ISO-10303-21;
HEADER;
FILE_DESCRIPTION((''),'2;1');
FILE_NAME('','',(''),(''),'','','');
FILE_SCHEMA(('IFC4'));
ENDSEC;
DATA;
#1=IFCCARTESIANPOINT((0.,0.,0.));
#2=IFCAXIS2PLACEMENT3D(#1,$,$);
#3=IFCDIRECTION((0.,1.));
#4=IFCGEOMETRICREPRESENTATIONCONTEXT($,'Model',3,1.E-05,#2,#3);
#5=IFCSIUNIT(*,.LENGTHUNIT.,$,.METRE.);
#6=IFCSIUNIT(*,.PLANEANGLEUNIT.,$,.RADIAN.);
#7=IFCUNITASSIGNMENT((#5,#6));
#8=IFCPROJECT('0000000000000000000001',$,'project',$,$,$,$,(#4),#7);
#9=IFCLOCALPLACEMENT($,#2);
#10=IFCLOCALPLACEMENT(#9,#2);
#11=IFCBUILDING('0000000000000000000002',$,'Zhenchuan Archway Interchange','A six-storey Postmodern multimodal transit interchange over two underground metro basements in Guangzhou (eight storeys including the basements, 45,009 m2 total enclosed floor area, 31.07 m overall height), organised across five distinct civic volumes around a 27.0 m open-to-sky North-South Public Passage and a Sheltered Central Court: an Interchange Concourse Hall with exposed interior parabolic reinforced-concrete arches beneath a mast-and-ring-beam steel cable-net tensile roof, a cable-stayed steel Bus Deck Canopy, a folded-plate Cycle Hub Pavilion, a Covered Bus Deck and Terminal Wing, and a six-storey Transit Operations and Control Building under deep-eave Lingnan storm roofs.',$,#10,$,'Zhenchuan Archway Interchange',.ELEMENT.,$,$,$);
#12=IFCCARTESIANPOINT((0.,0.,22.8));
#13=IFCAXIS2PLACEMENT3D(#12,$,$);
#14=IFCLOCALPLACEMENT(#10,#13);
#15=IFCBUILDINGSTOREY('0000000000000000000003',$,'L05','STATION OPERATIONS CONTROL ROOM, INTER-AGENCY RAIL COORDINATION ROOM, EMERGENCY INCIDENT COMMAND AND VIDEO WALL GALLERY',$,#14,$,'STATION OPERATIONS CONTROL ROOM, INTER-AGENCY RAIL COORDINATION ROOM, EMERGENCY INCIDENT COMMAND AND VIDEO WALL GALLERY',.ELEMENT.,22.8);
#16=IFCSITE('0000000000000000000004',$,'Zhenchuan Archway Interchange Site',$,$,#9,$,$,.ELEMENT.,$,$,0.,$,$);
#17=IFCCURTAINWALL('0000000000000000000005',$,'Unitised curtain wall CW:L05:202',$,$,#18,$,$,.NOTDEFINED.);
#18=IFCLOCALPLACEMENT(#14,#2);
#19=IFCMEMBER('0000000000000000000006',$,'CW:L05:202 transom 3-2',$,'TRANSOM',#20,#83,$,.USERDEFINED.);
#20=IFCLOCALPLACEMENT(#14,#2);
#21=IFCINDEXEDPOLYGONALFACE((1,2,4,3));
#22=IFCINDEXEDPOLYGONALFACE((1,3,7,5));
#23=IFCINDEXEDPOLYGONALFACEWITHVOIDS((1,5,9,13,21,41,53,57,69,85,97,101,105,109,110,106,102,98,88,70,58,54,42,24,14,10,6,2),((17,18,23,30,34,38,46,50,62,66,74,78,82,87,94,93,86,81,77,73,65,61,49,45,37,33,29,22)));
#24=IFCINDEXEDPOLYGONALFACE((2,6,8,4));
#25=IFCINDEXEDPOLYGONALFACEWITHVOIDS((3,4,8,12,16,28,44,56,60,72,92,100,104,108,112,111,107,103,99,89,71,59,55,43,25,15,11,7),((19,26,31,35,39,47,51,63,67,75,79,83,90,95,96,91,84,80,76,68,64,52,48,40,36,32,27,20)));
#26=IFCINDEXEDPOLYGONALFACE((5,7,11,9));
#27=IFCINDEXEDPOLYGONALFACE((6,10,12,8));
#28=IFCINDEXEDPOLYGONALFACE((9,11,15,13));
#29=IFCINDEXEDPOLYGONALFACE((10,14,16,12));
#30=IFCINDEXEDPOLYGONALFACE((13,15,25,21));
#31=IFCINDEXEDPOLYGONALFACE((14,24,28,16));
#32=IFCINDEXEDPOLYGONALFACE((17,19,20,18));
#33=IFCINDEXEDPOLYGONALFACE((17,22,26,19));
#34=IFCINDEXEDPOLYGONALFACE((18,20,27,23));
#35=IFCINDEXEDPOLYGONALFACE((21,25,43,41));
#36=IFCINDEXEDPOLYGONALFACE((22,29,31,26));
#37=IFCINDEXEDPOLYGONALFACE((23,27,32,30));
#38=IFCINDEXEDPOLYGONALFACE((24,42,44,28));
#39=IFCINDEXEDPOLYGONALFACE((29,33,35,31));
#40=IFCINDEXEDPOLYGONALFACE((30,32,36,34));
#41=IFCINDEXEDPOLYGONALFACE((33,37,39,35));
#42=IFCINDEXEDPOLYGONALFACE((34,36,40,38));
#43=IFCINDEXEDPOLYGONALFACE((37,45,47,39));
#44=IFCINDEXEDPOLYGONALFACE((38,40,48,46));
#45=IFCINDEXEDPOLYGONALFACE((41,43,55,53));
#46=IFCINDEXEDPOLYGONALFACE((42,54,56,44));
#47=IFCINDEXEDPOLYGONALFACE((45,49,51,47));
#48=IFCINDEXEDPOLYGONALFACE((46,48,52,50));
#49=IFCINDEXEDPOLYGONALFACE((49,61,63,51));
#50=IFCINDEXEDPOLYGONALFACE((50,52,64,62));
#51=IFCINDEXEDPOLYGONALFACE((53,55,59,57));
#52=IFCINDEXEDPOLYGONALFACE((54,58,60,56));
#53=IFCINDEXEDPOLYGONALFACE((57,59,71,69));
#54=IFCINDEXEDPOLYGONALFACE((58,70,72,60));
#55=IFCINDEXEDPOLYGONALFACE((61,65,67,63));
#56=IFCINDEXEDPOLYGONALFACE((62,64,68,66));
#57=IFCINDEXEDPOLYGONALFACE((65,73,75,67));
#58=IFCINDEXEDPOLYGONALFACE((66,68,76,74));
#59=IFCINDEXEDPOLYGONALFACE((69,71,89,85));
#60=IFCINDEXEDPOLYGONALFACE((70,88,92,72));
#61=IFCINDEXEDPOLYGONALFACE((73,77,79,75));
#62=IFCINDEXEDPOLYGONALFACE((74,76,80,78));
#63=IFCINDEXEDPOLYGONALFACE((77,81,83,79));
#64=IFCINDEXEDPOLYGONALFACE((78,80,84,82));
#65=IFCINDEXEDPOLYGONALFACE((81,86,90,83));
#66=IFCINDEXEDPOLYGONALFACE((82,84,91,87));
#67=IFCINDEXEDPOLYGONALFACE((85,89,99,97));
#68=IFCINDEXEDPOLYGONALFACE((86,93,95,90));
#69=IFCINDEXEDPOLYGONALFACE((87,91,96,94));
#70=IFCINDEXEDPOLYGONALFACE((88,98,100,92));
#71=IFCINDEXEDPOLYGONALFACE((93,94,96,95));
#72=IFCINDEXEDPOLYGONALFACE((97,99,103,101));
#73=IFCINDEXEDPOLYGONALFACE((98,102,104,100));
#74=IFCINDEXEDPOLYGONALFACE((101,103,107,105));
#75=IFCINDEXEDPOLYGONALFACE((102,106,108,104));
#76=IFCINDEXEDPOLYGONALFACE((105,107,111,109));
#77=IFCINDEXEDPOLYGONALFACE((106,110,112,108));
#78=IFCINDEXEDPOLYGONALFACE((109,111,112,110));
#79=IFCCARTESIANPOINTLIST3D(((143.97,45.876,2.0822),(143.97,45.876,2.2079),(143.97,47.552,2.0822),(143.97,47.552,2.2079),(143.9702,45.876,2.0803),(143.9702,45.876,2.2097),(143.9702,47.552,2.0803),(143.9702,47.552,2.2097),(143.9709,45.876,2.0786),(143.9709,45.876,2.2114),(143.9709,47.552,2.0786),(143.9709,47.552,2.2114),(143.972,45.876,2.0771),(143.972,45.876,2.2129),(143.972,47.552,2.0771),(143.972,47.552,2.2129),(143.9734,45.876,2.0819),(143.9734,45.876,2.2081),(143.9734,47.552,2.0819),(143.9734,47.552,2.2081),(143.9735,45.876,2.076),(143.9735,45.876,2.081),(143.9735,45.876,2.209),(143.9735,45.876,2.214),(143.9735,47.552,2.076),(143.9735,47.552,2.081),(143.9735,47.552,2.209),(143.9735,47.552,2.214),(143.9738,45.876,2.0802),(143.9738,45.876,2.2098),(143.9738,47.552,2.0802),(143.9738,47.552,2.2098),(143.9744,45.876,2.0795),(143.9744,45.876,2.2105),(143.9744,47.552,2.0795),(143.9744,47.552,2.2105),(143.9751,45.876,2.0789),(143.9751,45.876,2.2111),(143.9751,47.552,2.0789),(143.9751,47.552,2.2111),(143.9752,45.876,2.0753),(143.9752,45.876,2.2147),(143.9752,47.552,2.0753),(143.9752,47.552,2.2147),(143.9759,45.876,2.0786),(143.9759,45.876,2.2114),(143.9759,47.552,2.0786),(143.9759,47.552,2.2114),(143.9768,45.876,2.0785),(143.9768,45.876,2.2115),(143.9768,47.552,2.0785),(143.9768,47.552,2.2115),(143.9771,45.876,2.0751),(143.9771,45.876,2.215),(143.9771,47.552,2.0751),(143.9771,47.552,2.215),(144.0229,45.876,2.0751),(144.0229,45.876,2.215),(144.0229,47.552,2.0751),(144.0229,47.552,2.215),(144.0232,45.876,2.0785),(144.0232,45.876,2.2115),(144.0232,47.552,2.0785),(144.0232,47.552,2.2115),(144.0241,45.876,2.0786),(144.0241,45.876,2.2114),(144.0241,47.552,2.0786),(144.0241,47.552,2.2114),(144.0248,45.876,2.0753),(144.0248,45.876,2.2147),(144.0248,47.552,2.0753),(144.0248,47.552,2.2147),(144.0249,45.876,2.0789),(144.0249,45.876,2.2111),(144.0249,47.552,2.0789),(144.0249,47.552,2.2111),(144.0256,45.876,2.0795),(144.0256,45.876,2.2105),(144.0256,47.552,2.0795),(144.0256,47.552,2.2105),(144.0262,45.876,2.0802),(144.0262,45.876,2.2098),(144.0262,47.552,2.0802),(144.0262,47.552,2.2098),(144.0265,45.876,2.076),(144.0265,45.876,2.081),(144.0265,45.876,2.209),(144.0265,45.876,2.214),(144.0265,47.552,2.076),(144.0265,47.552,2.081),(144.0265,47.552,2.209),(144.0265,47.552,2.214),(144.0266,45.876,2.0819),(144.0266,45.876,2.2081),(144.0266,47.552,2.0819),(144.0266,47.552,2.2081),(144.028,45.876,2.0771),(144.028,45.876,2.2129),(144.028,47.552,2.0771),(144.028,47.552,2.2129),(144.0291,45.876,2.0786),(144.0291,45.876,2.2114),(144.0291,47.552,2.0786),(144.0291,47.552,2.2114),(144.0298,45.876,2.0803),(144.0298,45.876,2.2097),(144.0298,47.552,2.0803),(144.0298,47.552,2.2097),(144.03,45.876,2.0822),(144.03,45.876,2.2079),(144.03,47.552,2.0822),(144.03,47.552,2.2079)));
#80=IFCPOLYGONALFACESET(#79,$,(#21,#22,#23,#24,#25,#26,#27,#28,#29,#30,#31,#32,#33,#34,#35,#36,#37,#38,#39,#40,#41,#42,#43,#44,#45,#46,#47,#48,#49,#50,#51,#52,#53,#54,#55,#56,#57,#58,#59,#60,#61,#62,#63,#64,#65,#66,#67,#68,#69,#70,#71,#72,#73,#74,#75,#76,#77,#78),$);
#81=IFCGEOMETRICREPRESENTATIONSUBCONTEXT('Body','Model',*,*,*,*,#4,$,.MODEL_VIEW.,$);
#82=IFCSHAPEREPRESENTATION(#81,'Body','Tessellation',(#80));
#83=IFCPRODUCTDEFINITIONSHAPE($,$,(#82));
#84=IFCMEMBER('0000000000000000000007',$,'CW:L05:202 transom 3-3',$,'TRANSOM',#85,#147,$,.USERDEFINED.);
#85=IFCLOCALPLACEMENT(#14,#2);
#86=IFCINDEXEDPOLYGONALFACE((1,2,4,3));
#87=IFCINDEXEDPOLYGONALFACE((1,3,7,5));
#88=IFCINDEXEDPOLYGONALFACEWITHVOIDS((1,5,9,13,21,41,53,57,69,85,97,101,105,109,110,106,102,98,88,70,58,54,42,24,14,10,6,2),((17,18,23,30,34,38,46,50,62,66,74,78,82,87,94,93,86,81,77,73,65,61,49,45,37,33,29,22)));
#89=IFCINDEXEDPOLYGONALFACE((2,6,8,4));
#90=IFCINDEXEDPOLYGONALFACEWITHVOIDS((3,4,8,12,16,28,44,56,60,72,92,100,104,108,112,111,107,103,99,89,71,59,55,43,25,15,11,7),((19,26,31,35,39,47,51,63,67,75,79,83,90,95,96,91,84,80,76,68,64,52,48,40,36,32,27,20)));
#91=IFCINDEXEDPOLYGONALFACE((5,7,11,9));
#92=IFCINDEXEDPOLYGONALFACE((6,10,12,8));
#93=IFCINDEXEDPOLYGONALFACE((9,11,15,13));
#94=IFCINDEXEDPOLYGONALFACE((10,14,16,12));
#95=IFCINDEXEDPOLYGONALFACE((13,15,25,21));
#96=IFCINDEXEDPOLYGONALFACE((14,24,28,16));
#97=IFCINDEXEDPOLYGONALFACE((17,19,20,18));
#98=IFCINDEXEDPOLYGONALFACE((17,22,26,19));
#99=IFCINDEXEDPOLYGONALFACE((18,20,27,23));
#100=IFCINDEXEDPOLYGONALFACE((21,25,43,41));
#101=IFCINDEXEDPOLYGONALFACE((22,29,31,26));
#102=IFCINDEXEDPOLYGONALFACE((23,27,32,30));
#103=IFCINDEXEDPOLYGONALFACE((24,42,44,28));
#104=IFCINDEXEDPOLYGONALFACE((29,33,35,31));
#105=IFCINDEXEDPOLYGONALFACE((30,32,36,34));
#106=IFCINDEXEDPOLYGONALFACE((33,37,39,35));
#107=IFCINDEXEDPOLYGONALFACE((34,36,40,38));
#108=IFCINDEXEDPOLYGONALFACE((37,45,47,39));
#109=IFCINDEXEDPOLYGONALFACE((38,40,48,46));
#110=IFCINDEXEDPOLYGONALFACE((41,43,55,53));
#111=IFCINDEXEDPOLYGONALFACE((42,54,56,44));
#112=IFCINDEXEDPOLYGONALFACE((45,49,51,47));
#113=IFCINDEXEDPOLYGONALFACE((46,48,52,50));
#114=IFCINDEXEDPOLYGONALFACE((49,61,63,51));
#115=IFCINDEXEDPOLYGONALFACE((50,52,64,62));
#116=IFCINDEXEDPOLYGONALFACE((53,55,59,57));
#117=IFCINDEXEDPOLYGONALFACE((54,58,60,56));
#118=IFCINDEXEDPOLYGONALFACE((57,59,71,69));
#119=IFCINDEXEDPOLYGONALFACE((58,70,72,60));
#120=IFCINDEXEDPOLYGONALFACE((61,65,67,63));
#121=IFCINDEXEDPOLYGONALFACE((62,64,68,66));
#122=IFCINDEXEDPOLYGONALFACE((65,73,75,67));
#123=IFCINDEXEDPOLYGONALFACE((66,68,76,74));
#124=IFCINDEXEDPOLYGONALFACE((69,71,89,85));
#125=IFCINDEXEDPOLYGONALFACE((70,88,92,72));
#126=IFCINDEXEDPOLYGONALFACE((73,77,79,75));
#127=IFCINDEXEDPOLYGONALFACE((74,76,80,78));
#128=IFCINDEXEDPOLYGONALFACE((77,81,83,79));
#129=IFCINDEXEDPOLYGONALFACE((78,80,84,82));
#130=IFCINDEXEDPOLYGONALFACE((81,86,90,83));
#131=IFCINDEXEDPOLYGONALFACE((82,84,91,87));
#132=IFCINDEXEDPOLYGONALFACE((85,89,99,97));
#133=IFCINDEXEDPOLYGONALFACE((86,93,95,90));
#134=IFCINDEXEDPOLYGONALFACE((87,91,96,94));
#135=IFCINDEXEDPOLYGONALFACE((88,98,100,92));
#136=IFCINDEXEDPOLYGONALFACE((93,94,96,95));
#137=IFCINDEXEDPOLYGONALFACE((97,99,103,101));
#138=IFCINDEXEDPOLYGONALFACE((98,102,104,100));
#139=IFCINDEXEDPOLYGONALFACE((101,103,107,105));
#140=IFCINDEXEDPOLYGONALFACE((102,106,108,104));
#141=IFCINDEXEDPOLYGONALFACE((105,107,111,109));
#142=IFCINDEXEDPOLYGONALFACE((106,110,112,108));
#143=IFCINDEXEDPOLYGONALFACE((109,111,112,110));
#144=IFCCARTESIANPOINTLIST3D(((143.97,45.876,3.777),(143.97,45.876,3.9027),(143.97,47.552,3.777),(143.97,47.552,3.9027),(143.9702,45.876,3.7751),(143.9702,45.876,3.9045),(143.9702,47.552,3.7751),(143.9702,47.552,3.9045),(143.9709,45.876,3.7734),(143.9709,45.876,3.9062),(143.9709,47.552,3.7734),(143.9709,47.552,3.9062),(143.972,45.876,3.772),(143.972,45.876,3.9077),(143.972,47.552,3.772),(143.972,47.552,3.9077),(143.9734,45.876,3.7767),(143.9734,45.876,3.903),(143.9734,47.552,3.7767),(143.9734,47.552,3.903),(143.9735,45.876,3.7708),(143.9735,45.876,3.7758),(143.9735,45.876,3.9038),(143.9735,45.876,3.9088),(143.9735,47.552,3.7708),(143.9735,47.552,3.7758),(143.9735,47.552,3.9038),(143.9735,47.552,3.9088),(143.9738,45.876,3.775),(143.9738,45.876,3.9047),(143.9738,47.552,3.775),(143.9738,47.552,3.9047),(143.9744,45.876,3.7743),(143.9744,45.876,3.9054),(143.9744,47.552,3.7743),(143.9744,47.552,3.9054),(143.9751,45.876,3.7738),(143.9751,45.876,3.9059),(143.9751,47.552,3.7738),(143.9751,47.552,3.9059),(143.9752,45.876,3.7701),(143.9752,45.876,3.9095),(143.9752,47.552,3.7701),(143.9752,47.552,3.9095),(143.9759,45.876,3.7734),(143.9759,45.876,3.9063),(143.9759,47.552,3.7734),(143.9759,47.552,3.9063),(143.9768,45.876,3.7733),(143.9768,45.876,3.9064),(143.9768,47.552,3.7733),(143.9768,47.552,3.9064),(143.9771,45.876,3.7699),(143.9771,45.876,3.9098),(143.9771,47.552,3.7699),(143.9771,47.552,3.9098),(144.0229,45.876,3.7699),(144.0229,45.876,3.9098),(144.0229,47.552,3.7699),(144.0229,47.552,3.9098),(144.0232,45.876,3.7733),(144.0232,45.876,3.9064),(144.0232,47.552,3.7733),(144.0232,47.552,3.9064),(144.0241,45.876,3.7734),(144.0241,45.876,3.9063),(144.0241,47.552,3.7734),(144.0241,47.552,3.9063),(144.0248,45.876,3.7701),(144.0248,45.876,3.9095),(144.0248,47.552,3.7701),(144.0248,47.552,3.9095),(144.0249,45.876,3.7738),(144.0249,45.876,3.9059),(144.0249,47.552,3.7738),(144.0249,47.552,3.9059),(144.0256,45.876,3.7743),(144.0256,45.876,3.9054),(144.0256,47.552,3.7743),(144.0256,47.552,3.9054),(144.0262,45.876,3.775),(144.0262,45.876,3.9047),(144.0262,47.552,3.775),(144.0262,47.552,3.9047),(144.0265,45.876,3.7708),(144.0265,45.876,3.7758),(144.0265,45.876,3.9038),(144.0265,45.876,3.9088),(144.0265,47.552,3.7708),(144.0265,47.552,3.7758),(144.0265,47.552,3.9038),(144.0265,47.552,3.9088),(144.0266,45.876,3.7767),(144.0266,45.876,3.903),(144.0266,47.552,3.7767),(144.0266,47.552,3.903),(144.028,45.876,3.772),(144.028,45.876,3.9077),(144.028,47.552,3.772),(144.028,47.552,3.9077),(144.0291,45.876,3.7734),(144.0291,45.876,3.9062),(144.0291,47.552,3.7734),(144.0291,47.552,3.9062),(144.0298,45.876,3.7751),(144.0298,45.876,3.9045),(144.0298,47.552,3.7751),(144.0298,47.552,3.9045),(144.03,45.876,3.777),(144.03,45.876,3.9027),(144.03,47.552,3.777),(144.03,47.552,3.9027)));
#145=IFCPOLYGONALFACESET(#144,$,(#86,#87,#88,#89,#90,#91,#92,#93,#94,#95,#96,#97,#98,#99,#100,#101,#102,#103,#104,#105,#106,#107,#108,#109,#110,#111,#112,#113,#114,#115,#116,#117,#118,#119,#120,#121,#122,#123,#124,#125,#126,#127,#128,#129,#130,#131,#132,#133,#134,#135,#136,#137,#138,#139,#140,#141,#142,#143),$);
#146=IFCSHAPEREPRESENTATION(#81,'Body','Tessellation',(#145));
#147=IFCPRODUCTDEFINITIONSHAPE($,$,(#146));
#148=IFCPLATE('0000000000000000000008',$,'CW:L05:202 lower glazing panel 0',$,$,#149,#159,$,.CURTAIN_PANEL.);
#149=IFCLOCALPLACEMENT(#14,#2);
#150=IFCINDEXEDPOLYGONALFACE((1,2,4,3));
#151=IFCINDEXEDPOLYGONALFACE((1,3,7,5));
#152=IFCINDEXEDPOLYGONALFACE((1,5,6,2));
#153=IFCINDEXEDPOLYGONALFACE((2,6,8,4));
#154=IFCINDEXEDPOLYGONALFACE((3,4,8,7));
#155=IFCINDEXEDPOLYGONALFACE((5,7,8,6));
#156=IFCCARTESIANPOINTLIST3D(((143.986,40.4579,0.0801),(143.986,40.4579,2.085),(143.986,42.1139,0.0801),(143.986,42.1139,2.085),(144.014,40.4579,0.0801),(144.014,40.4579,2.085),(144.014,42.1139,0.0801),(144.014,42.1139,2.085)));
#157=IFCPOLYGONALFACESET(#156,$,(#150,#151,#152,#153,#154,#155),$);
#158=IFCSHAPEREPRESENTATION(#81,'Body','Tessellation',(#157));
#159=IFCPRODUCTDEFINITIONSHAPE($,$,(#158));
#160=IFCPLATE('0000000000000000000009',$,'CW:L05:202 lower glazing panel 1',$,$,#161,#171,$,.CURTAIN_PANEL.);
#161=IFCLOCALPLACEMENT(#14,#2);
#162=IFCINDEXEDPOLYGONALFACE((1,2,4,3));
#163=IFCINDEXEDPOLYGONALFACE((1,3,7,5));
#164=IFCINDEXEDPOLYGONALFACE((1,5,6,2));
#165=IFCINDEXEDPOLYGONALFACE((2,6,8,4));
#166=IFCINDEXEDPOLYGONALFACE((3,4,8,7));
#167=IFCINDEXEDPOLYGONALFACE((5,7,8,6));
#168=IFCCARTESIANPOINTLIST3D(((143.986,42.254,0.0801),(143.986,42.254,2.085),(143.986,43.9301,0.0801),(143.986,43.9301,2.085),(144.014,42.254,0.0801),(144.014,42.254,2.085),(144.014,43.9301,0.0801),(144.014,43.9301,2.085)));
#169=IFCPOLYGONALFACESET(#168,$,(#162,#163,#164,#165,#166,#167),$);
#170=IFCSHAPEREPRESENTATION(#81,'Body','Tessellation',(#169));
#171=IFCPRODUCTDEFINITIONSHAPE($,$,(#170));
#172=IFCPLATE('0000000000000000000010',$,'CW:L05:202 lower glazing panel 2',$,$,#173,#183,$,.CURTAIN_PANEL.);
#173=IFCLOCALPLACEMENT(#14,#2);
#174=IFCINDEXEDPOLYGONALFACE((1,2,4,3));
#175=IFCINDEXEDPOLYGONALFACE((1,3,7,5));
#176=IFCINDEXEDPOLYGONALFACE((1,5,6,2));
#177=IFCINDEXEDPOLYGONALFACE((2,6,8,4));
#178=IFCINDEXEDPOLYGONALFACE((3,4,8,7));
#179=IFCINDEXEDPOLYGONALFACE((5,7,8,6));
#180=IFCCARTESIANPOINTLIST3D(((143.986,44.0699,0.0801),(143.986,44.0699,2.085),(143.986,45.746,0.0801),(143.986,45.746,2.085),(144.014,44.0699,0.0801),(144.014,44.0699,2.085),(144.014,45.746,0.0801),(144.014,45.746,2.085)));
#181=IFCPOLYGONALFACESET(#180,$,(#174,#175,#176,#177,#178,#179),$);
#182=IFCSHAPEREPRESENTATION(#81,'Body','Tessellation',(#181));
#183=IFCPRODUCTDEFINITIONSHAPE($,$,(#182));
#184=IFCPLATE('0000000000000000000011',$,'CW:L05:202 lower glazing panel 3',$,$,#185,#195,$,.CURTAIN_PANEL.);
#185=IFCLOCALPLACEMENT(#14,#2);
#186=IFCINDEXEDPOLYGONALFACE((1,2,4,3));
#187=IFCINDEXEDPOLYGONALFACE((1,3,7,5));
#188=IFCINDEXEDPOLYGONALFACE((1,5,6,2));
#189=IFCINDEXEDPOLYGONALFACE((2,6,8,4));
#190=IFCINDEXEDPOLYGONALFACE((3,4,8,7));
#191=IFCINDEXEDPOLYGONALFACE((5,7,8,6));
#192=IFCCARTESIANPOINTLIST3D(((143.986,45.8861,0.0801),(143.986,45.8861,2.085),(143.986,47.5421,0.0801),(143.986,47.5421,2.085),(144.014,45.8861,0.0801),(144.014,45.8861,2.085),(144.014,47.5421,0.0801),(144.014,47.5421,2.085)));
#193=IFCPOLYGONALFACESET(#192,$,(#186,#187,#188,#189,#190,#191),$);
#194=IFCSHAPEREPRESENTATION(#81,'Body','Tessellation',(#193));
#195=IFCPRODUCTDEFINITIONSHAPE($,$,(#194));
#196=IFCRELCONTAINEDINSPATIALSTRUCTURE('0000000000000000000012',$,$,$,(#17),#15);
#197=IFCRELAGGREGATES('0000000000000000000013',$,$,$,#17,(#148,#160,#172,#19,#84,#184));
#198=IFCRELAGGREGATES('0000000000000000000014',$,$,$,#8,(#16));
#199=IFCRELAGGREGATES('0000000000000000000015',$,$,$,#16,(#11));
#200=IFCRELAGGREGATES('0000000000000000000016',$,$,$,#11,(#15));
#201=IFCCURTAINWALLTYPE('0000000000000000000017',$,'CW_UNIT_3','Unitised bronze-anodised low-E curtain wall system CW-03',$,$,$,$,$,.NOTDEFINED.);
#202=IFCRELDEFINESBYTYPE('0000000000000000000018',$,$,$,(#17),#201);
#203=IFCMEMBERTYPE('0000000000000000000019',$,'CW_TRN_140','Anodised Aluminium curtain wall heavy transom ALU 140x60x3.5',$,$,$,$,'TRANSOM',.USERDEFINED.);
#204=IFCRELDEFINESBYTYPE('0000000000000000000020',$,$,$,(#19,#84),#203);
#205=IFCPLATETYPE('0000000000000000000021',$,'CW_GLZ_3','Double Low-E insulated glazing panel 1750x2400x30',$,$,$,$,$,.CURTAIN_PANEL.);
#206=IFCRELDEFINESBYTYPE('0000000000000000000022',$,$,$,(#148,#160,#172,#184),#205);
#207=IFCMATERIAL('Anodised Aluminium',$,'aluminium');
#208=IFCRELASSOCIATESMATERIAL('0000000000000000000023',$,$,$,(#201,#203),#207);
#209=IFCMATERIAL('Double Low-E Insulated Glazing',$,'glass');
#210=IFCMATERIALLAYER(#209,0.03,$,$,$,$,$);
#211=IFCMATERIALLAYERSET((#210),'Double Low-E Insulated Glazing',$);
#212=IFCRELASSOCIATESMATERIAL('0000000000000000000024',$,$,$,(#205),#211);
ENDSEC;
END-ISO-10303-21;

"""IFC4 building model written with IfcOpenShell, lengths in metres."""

from ifc_helpers import new_model, si_unit, direction, frame, origin, origin_2d, place, context, subcontext, project, spatial, rectangle, hollow_rectangle, extrude, material, layer, layer_set, material_profile, profile_set, type_object, element, aggregate, save


model = new_model("IFC4")

# Units and contexts
model_context = context("Model", 3, precision=1e-05, world=origin(), true_north=direction((0.0, 1.0)))
body_context = subcontext(model_context, "Body", "Model", "MODEL_VIEW")
ifc_project = project(units=[si_unit("LENGTHUNIT", "METRE"), si_unit("PLANEANGLEUNIT", "RADIAN")], contexts=[model_context])

# Site, building, storey
site_placement = place(None, origin())
site = spatial("IfcSite", under=ifc_project, at=site_placement, Name="Zhenchuan Archway Interchange Site", CompositionType="ELEMENT", RefElevation=0.0)
building_placement = place(site_placement, origin())
building = spatial("IfcBuilding", under=site, at=building_placement, Name="Zhenchuan Archway Interchange", Description="A six-storey Postmodern multimodal transit interchange over two underground metro basements in Guangzhou (eight storeys including the basements, 45,009 m2 total enclosed floor area, 31.07 m overall height), organised across five distinct civic volumes around a 27.0 m open-to-sky North-South Public Passage and a Sheltered Central Court: an Interchange Concourse Hall with exposed interior parabolic reinforced-concrete arches beneath a mast-and-ring-beam steel cable-net tensile roof, a cable-stayed steel Bus Deck Canopy, a folded-plate Cycle Hub Pavilion, a Covered Bus Deck and Terminal Wing, and a six-storey Transit Operations and Control Building under deep-eave Lingnan storm roofs.", LongName="Zhenchuan Archway Interchange", CompositionType="ELEMENT")
storey_placement = place(building_placement, frame((0.0, 0.0, 22.8)))
storey = spatial("IfcBuildingStorey", under=building, at=storey_placement, Name="L05", Description="STATION OPERATIONS CONTROL ROOM, INTER-AGENCY RAIL COORDINATION ROOM, EMERGENCY INCIDENT COMMAND AND VIDEO WALL GALLERY", LongName="STATION OPERATIONS CONTROL ROOM, INTER-AGENCY RAIL COORDINATION ROOM, EMERGENCY INCIDENT COMMAND AND VIDEO WALL GALLERY", CompositionType="ELEMENT", Elevation=22.8)

# Curtain wall, members, plates
ifc_material_1 = material(Name="Anodised Aluminium", Category="aluminium")
curtain_wall_type = type_object("IfcCurtainWallType", Name="CW_UNIT_3", Description="Unitised bronze-anodised low-E curtain wall system CW-03", PredefinedType="NOTDEFINED", material=ifc_material_1)
curtain_wall_placement = place(storey_placement, origin())
curtain_wall = element("IfcCurtainWall", 1, at=curtain_wall_placement, inside=storey, type_object=curtain_wall_type, Name="Unitised curtain wall CW:L05:202", PredefinedType="NOTDEFINED")
ifc_material_profile_1 = material_profile(ifc_material_1, hollow_rectangle(XDim=0.0601, YDim=0.1399, WallThickness=0.0034, InnerFilletRadius=0.0034, OuterFilletRadius=0.0071, at=origin_2d()), Name="ALU 140x60x3.5")
ifc_profile_set_1 = profile_set([ifc_material_profile_1], Name="Anodised Aluminium")
member_type_1 = type_object("IfcMemberType", Name="CW_TRN_140", Description="Anodised Aluminium curtain wall heavy transom ALU 140x60x3.5", ElementType="TRANSOM", PredefinedType="USERDEFINED", material=ifc_profile_set_1)
member_1_placement = place(storey_placement, frame((144.0, 45.876, 2.145), z_axis=(0.0, 1.0, 0.0), x_axis=(-1.0, 0.0, 0.0)))
member_1 = element("IfcMember", 2, at=member_1_placement, type_object=member_type_1, Name="CW:L05:202 transom 3-2", ObjectType="TRANSOM", PredefinedType="USERDEFINED", context=body_context, shape_type="SweptSolid", body=[
    extrude(hollow_rectangle(XDim=0.0601, YDim=0.1399, WallThickness=0.0034, InnerFilletRadius=0.0034, OuterFilletRadius=0.0071, at=origin_2d()), origin(), (0.0, 0.0, 1.0), 1.676),
])
member_2_placement = place(storey_placement, frame((144.0, 45.876, 3.8398), z_axis=(0.0, 1.0, 0.0), x_axis=(-1.0, 0.0, 0.0)))
member_2 = element("IfcMember", 3, at=member_2_placement, type_object=member_type_1, Name="CW:L05:202 transom 3-3", ObjectType="TRANSOM", PredefinedType="USERDEFINED", context=body_context, shape_type="SweptSolid", body=[
    extrude(hollow_rectangle(XDim=0.0601, YDim=0.1399, WallThickness=0.0034, InnerFilletRadius=0.0034, OuterFilletRadius=0.0071, at=origin_2d()), origin(), (0.0, 0.0, 1.0), 1.676),
])
ifc_material_2 = material(Name="Double Low-E Insulated Glazing", Category="glass")
ifc_layer_1 = layer(ifc_material_2, 0.03)
ifc_layer_set_1 = layer_set([ifc_layer_1], Name="Double Low-E Insulated Glazing")
plate_type_1 = type_object("IfcPlateType", Name="CW_GLZ_3", Description="Double Low-E insulated glazing panel 1750x2400x30", PredefinedType="CURTAIN_PANEL", material=ifc_layer_set_1)
plate_1_placement = place(storey_placement, frame((144.0, 41.2859, 0.0801), z_axis=(0.0, 0.0, 1.0), x_axis=(0.0, 1.0, 0.0)))
plate_1 = element("IfcPlate", 4, at=plate_1_placement, type_object=plate_type_1, Name="CW:L05:202 lower glazing panel 0", PredefinedType="CURTAIN_PANEL", context=body_context, shape_type="SweptSolid", body=[
    extrude(rectangle(XDim=1.656, YDim=0.0281, at=origin_2d()), origin(), (0.0, 0.0, 1.0), 2.0049),
])
plate_2_placement = place(storey_placement, frame((144.0, 43.092, 0.0801), z_axis=(0.0, 0.0, 1.0), x_axis=(0.0, 1.0, 0.0)))
plate_2 = element("IfcPlate", 5, at=plate_2_placement, type_object=plate_type_1, Name="CW:L05:202 lower glazing panel 1", PredefinedType="CURTAIN_PANEL", context=body_context, shape_type="SweptSolid", body=[
    extrude(rectangle(XDim=1.676, YDim=0.0281, at=origin_2d()), origin(), (0.0, 0.0, 1.0), 2.0049),
])
plate_3_placement = place(storey_placement, frame((144.0, 44.908, 0.0801), z_axis=(0.0, 0.0, 1.0), x_axis=(0.0, 1.0, 0.0)))
plate_3 = element("IfcPlate", 6, at=plate_3_placement, type_object=plate_type_1, Name="CW:L05:202 lower glazing panel 2", PredefinedType="CURTAIN_PANEL", context=body_context, shape_type="SweptSolid", body=[
    extrude(rectangle(XDim=1.676, YDim=0.0281, at=origin_2d()), origin(), (0.0, 0.0, 1.0), 2.0049),
])
plate_4_placement = place(storey_placement, frame((144.0, 46.7141, 0.0801), z_axis=(0.0, 0.0, 1.0), x_axis=(0.0, 1.0, 0.0)))
plate_4 = element("IfcPlate", 7, at=plate_4_placement, type_object=plate_type_1, Name="CW:L05:202 lower glazing panel 3", PredefinedType="CURTAIN_PANEL", context=body_context, shape_type="SweptSolid", body=[
    extrude(rectangle(XDim=1.656, YDim=0.0281, at=origin_2d()), origin(), (0.0, 0.0, 1.0), 2.0049),
])
aggregate(curtain_wall, [plate_1, plate_2, plate_3, member_1, member_2, plate_4])

save(model, "model.ifc")
